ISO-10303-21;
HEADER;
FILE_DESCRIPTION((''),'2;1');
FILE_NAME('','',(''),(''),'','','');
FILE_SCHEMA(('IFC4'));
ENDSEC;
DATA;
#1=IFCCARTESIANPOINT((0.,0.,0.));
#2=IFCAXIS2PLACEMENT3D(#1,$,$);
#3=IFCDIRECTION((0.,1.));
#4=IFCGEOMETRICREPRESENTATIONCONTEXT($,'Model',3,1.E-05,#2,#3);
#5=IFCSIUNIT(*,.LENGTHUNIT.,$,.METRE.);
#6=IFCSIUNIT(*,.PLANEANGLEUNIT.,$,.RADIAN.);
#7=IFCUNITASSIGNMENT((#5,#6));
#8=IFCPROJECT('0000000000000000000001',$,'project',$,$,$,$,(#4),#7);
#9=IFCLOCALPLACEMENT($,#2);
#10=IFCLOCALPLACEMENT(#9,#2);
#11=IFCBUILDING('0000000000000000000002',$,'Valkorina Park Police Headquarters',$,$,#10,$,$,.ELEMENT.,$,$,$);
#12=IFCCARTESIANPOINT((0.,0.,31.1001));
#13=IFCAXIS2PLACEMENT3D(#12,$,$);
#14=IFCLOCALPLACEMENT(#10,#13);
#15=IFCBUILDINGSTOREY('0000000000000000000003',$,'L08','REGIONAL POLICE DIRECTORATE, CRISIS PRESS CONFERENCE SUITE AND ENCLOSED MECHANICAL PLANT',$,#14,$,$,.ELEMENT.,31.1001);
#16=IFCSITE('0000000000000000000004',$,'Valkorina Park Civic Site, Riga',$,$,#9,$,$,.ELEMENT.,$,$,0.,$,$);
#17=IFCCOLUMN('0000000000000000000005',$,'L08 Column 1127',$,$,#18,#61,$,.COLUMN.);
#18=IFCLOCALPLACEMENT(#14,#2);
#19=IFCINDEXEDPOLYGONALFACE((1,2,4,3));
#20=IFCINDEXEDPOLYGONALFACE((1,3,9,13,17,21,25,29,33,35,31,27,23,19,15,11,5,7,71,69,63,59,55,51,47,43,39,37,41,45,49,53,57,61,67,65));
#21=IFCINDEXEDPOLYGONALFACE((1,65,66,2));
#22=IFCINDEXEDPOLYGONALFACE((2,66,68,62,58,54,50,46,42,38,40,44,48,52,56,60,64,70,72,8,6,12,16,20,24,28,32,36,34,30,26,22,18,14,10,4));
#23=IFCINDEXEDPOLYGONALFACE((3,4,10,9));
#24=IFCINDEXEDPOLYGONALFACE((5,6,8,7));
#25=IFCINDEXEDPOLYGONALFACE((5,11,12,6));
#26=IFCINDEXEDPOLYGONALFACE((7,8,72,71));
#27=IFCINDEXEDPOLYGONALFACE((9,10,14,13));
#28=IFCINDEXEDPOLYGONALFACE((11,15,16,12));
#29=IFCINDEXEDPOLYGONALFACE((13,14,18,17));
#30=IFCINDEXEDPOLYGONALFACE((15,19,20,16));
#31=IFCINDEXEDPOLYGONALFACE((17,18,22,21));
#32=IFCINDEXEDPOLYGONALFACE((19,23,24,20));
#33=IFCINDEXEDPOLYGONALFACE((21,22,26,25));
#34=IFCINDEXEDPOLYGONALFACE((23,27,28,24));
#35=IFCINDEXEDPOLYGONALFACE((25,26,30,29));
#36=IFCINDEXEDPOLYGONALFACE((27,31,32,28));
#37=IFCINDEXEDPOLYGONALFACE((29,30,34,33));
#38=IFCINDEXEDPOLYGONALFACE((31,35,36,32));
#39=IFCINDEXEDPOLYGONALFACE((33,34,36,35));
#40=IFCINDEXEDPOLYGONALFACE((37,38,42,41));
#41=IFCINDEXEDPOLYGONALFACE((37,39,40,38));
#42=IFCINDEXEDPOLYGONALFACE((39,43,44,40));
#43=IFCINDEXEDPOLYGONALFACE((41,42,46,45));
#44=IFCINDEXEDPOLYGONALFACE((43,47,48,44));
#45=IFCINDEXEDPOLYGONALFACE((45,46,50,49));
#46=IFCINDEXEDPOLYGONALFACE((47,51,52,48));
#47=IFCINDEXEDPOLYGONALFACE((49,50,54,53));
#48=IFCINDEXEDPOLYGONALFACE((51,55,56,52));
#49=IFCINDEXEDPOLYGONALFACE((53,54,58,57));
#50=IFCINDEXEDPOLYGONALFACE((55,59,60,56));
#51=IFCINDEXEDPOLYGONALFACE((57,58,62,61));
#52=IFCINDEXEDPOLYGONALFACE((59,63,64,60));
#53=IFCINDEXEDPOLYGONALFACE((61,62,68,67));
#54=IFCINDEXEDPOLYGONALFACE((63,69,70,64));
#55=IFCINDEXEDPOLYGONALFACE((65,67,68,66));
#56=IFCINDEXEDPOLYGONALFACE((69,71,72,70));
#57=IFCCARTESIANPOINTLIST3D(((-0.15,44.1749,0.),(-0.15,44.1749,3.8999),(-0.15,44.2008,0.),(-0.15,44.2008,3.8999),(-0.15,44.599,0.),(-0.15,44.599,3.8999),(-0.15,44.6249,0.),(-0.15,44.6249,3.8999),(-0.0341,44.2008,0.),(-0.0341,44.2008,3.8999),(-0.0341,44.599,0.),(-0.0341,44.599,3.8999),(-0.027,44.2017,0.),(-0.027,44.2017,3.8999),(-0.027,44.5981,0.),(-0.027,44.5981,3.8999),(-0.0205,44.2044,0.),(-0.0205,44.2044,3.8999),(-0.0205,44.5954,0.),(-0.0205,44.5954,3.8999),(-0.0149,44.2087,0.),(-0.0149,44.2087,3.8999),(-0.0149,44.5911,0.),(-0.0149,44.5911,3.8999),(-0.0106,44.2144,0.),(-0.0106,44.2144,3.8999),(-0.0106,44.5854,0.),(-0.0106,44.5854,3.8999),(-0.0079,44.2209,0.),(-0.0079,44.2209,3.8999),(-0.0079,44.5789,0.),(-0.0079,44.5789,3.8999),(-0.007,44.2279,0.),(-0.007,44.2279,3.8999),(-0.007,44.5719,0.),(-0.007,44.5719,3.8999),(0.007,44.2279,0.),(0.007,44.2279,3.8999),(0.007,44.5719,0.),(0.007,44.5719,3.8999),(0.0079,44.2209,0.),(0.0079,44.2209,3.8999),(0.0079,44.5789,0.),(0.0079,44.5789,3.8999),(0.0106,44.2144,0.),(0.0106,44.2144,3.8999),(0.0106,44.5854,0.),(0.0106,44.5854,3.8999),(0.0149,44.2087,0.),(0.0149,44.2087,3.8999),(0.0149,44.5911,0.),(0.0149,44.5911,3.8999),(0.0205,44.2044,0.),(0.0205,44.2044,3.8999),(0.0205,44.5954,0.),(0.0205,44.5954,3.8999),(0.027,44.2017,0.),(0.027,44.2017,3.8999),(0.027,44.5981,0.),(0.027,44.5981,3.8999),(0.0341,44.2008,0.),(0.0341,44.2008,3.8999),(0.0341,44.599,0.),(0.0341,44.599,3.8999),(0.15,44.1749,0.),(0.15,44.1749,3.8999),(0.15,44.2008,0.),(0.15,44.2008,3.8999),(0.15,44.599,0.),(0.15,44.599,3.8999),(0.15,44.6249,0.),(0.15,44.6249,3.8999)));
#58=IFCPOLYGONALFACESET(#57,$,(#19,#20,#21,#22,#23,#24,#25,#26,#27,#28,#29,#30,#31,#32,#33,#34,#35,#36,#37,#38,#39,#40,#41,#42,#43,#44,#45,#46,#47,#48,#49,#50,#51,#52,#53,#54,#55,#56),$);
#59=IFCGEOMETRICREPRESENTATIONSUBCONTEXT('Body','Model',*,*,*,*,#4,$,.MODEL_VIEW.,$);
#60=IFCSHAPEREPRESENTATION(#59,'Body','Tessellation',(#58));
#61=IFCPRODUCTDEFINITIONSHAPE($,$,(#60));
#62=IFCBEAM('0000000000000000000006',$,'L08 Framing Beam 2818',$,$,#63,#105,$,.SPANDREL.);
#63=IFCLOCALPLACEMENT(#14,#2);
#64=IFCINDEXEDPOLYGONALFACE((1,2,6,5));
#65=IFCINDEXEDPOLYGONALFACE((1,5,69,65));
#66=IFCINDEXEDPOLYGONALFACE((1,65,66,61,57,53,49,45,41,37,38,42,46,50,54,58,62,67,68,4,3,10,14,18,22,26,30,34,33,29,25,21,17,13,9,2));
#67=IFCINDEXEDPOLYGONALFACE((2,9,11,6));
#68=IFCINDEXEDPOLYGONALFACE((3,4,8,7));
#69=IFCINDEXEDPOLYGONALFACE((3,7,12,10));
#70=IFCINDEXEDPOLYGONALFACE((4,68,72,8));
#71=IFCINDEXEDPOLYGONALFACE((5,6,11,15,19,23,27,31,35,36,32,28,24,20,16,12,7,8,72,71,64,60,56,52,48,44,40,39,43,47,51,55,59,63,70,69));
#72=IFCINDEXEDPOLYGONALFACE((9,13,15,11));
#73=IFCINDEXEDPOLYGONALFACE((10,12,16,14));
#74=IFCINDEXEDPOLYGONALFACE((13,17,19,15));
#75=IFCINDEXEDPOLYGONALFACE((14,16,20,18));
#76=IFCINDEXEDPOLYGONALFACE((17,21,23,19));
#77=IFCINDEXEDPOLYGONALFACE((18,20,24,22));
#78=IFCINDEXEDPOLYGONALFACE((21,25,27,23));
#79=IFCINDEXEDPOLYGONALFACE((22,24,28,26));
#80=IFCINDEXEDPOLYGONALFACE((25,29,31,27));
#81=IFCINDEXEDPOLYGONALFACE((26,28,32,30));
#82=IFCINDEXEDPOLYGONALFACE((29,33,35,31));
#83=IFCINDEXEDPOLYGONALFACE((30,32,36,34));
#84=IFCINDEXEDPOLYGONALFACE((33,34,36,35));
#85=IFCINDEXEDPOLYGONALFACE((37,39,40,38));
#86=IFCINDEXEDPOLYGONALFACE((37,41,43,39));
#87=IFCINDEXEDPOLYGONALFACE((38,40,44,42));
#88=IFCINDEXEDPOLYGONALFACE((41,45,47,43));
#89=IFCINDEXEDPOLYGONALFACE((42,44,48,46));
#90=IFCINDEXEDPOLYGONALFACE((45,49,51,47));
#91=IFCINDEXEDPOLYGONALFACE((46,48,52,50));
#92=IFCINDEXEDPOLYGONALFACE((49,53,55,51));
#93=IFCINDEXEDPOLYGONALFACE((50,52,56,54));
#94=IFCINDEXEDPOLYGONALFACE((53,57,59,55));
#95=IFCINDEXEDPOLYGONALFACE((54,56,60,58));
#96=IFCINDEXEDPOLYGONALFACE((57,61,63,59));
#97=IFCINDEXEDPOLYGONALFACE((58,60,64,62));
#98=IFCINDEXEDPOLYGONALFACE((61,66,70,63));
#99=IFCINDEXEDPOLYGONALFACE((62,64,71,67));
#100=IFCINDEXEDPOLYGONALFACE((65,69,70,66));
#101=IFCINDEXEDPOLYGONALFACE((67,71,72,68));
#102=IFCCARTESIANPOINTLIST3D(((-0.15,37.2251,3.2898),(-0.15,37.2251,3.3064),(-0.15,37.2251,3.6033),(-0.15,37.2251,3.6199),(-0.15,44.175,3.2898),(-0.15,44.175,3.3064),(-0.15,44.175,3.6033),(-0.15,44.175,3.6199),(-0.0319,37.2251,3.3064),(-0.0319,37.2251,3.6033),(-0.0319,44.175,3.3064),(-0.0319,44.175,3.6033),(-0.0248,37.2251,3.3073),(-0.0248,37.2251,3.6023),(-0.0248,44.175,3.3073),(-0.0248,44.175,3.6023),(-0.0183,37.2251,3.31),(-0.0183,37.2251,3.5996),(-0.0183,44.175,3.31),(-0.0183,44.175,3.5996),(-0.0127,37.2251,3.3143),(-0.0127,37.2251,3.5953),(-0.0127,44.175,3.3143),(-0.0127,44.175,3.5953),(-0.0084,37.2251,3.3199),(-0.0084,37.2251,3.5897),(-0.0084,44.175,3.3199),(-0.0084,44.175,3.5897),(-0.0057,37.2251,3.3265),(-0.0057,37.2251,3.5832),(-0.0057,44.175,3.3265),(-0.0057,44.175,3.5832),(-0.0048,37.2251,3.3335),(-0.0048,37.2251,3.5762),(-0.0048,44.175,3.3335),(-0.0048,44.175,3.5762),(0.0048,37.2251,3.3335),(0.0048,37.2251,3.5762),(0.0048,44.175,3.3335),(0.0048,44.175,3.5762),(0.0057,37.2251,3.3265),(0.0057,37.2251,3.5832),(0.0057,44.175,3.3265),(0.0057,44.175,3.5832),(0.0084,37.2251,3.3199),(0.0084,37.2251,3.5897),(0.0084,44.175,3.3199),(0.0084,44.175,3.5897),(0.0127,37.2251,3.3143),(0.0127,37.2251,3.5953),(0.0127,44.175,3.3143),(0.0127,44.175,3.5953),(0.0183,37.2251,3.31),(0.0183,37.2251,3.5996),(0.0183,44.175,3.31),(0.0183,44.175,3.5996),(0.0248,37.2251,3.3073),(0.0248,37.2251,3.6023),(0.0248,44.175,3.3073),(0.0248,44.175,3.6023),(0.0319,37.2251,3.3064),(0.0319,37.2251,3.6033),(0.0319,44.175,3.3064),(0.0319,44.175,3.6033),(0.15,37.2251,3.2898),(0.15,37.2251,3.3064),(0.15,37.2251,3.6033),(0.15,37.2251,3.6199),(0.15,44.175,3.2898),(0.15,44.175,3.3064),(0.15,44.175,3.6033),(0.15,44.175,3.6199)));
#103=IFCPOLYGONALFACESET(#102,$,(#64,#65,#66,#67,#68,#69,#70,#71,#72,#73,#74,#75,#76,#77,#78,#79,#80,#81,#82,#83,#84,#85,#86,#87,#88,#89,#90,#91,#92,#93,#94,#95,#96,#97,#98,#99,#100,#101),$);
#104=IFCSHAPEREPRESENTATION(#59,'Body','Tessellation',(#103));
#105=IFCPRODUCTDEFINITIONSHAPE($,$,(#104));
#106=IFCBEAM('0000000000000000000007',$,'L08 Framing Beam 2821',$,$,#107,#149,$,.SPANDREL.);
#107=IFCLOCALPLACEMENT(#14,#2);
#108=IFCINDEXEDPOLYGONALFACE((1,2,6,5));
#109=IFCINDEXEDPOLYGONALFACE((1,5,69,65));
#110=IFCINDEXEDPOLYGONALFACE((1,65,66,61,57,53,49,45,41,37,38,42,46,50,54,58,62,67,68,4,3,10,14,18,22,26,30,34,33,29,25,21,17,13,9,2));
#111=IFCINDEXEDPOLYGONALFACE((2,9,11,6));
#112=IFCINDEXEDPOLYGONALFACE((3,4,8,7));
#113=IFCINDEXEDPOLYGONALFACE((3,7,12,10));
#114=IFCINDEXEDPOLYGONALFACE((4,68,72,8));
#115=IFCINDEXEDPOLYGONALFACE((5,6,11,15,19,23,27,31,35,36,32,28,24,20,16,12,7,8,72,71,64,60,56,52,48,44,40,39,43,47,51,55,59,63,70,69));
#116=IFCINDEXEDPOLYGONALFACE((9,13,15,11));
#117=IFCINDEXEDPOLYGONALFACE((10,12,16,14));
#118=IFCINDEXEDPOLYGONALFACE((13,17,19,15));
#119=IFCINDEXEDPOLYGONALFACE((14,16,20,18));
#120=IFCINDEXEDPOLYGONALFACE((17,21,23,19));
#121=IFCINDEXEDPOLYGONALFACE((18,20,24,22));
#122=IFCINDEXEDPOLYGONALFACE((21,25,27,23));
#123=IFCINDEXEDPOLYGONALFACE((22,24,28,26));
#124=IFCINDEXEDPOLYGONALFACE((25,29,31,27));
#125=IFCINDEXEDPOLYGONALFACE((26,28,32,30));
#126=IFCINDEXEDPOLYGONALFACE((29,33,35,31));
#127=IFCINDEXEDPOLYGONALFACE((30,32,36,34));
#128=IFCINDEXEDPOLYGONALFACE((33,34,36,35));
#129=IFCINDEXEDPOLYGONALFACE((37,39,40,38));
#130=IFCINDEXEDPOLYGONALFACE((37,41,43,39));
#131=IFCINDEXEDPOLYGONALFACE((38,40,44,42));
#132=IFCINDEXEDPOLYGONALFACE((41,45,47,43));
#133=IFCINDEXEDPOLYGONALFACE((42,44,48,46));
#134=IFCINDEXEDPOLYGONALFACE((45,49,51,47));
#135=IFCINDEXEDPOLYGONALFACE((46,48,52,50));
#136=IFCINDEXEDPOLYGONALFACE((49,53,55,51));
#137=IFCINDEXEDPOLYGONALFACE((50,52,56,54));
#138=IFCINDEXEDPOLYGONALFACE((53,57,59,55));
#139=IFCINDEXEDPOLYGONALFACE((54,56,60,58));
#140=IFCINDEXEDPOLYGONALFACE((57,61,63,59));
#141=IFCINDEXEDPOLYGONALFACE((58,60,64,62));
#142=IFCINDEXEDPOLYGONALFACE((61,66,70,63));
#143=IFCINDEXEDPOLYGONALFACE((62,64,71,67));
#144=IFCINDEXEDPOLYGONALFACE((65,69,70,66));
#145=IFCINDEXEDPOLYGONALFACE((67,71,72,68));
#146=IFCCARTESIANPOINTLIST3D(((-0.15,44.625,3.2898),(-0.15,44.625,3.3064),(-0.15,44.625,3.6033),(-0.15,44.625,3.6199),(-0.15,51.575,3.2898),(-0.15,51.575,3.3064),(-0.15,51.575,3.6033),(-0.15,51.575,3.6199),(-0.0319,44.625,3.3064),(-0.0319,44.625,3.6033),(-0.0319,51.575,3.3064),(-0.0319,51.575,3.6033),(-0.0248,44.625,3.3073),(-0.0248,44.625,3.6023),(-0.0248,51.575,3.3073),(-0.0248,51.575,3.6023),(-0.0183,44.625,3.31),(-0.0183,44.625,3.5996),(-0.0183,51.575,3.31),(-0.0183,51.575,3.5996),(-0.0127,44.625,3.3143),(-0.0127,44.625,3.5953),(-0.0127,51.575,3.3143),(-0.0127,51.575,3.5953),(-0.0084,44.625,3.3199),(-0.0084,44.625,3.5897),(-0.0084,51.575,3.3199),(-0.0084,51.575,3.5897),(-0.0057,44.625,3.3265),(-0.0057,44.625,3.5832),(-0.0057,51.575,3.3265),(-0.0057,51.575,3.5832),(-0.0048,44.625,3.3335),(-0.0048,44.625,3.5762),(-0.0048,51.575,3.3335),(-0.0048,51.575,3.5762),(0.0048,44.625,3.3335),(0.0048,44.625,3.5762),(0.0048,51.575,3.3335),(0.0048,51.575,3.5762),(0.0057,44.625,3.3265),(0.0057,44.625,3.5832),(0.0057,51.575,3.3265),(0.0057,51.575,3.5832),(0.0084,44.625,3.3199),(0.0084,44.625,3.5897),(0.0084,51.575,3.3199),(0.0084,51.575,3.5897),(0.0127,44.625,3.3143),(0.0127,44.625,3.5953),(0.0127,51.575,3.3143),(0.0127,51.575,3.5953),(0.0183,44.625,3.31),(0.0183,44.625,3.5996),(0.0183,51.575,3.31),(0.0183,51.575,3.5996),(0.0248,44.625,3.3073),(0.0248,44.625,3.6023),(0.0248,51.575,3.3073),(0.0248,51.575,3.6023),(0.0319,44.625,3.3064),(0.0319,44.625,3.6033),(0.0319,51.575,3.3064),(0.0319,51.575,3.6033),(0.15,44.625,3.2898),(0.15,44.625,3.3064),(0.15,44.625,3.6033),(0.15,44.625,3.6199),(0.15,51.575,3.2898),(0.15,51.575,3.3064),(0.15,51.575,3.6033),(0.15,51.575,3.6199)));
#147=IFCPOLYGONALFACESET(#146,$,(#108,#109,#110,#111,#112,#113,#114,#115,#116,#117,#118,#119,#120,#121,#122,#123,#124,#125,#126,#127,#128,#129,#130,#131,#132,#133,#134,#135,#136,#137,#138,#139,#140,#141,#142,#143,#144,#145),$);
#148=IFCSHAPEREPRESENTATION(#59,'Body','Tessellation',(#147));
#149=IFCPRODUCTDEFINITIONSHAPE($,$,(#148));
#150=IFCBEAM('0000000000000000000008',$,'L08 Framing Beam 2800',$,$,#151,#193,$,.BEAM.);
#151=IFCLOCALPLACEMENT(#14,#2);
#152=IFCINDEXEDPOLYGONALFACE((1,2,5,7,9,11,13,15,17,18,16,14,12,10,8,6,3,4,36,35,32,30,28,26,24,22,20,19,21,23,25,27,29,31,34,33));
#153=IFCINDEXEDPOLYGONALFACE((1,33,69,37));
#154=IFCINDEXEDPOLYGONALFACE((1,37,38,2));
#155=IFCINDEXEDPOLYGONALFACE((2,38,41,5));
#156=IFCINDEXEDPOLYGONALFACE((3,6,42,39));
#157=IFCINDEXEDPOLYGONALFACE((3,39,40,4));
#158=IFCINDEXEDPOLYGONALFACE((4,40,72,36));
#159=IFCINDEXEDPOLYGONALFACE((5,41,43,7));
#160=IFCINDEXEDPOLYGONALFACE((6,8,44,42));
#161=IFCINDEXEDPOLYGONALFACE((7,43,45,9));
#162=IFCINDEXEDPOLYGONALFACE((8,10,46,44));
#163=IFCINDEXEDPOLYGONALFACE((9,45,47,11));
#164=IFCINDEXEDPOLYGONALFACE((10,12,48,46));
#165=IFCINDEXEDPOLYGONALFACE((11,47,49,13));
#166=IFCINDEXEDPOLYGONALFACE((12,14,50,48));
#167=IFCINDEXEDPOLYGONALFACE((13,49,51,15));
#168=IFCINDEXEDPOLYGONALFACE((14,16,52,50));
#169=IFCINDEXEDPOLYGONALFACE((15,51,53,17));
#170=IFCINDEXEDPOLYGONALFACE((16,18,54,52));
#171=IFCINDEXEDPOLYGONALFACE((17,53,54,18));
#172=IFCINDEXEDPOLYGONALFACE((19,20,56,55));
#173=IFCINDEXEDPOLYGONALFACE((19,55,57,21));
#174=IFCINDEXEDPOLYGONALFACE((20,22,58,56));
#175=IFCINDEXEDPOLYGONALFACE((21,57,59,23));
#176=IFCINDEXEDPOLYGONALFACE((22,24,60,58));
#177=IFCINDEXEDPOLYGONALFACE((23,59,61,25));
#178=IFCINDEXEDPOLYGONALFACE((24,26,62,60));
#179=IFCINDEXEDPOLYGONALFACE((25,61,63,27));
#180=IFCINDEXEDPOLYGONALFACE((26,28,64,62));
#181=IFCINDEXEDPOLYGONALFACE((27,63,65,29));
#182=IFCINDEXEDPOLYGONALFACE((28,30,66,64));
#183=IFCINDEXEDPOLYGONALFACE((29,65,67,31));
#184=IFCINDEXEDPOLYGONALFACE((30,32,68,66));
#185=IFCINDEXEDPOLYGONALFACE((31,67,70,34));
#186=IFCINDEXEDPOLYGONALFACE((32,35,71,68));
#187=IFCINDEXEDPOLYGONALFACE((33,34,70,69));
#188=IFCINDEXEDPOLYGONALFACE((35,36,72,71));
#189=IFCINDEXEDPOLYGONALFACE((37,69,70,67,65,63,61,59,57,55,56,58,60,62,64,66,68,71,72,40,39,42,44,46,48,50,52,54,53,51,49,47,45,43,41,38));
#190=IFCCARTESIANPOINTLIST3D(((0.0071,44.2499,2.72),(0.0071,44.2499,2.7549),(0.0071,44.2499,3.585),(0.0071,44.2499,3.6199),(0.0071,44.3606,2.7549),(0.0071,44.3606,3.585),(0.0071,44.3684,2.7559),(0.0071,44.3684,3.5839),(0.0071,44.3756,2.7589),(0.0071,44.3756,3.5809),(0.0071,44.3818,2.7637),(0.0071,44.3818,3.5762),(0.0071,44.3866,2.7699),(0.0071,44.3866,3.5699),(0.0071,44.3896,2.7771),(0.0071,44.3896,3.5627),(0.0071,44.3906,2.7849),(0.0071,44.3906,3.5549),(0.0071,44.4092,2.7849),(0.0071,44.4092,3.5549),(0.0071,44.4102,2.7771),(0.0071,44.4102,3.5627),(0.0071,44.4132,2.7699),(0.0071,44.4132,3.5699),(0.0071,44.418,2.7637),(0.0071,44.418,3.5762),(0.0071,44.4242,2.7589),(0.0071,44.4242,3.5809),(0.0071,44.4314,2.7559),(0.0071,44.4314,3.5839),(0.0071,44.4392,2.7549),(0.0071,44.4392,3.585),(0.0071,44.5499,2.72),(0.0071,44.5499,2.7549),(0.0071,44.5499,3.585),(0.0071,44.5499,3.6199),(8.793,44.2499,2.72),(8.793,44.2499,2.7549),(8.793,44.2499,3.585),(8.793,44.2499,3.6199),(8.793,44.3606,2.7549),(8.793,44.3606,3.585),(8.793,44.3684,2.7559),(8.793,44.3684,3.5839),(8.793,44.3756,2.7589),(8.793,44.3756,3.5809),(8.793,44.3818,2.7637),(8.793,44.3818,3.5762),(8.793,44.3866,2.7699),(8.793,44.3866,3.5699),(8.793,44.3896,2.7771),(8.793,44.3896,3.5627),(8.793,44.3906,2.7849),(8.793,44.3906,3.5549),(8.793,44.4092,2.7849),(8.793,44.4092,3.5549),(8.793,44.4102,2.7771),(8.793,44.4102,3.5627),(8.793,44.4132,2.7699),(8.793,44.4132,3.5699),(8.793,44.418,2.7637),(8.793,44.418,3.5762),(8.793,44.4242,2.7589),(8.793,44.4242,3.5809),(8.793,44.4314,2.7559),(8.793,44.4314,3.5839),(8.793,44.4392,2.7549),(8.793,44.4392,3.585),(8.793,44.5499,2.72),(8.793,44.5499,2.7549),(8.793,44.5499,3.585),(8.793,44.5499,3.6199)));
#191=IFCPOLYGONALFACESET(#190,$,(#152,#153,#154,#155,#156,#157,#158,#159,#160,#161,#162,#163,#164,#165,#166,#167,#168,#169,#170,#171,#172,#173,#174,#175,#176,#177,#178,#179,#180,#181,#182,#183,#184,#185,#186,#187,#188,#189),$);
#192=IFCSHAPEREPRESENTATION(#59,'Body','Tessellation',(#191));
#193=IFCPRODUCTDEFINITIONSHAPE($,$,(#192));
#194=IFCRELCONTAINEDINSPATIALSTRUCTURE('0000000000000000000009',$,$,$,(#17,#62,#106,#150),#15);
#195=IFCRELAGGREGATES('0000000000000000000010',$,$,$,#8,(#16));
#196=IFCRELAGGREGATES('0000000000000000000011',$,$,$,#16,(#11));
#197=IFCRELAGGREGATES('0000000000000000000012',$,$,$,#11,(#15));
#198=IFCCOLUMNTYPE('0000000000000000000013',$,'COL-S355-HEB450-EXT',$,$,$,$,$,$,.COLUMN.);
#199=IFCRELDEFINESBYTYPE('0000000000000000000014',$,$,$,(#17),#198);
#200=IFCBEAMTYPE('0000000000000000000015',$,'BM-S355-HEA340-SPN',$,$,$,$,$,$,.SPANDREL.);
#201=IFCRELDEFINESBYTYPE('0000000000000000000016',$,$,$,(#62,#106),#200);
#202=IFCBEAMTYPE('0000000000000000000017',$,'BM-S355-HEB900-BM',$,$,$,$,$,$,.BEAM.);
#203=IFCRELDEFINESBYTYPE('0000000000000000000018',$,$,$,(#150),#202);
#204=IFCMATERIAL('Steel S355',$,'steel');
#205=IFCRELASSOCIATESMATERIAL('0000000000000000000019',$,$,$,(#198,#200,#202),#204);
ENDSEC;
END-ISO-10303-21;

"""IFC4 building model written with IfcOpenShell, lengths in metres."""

from ifc_helpers import new_model, si_unit, direction, frame, origin, origin_2d, place, context, subcontext, project, spatial, i_section, extrude, material, material_profile, profile_set, type_object, element, save


model = new_model("IFC4")

# Units and contexts
model_context = context("Model", 3, precision=1e-05, world=origin(), true_north=direction((0.0, 1.0)))
body_context = subcontext(model_context, "Body", "Model", "MODEL_VIEW")
ifc_project = project(units=[si_unit("LENGTHUNIT", "METRE"), si_unit("PLANEANGLEUNIT", "RADIAN")], contexts=[model_context])

# Site, building, storey
site_placement = place(None, origin())
site = spatial("IfcSite", under=ifc_project, at=site_placement, Name="Valkorina Park Civic Site, Riga", CompositionType="ELEMENT", RefElevation=0.0)
building_placement = place(site_placement, origin())
building = spatial("IfcBuilding", under=site, at=building_placement, Name="Valkorina Park Police Headquarters", CompositionType="ELEMENT")
storey_placement = place(building_placement, frame((0.0, 0.0, 31.1001)))
storey = spatial("IfcBuildingStorey", under=building, at=storey_placement, Name="L08", Description="REGIONAL POLICE DIRECTORATE, CRISIS PRESS CONFERENCE SUITE AND ENCLOSED MECHANICAL PLANT", CompositionType="ELEMENT", Elevation=31.1001)

# Column
ifc_material_1 = material(Name="Steel S355", Category="steel")
ifc_material_profile_1 = material_profile(ifc_material_1, i_section(OverallWidth=0.3, OverallDepth=0.45, WebThickness=0.0139, FlangeThickness=0.0259, FilletRadius=0.0271, at=origin_2d()), Name="HEB 450")
ifc_profile_set_1 = profile_set([ifc_material_profile_1], Name="Steel S355")
column_type = type_object("IfcColumnType", Name="COL-S355-HEB450-EXT", PredefinedType="COLUMN", material=ifc_profile_set_1)
column_placement = place(storey_placement, frame((0.0, 44.3999, 0.0), z_axis=(0.0, 0.0, 1.0), x_axis=(1.0, 0.0, 0.0)))
element("IfcColumn", 1, at=column_placement, inside=storey, type_object=column_type, Name="L08 Column 1127", PredefinedType="COLUMN", context=body_context, shape_type="SweptSolid", body=[
    extrude(i_section(OverallWidth=0.3, OverallDepth=0.45, WebThickness=0.0139, FlangeThickness=0.0259, FilletRadius=0.0271, at=origin_2d()), origin(), (0.0, 0.0, 1.0), 3.8999),
])

# Beams
ifc_material_profile_2 = material_profile(ifc_material_1, i_section(OverallWidth=0.3, OverallDepth=0.3301, WebThickness=0.0095, FlangeThickness=0.0166, FilletRadius=0.0271, at=origin_2d()), Name="HEA 340")
ifc_profile_set_2 = profile_set([ifc_material_profile_2], Name="Steel S355")
beam_type_1 = type_object("IfcBeamType", Name="BM-S355-HEA340-SPN", PredefinedType="SPANDREL", material=ifc_profile_set_2)
for number, where, z_axis, x_axis, name in (
    (2, (0.0, 37.2251, 3.4548), (0.0, 1.0, 0.0), (-1.0, 0.0, 0.0), "L08 Framing Beam 2818"),
    (3, (0.0, 44.625, 3.4548), (0.0, 1.0, 0.0), (-1.0, 0.0, 0.0), "L08 Framing Beam 2821"),
):
    element("IfcBeam", number, at=place(storey_placement, frame(where, z_axis=z_axis, x_axis=x_axis)), inside=storey, type_object=beam_type_1, Name=name, PredefinedType="SPANDREL", context=body_context, shape_type="SweptSolid", body=[
        extrude(i_section(OverallWidth=0.3, OverallDepth=0.3301, WebThickness=0.0095, FlangeThickness=0.0166, FilletRadius=0.0271, at=origin_2d()), origin(), (0.0, 0.0, 1.0), 6.95),
    ])
ifc_material_profile_3 = material_profile(ifc_material_1, i_section(OverallWidth=0.3, OverallDepth=0.8999, WebThickness=0.0186, FlangeThickness=0.0349, FilletRadius=0.03, at=origin_2d()), Name="HEB 900")
ifc_profile_set_3 = profile_set([ifc_material_profile_3], Name="Steel S355")
beam_type_2 = type_object("IfcBeamType", Name="BM-S355-HEB900-BM", PredefinedType="BEAM", material=ifc_profile_set_3)
beam_placement = place(storey_placement, frame((0.0071, 44.3999, 3.1699), z_axis=(1.0, 0.0, 0.0), x_axis=(0.0, 1.0, 0.0)))
element("IfcBeam", 4, at=beam_placement, inside=storey, type_object=beam_type_2, Name="L08 Framing Beam 2800", PredefinedType="BEAM", context=body_context, shape_type="SweptSolid", body=[
    extrude(i_section(OverallWidth=0.3, OverallDepth=0.8999, WebThickness=0.0186, FlangeThickness=0.0349, FilletRadius=0.03, at=origin_2d()), origin(), (0.0, 0.0, 1.0), 8.7859),
])

save(model, "model.ifc")
